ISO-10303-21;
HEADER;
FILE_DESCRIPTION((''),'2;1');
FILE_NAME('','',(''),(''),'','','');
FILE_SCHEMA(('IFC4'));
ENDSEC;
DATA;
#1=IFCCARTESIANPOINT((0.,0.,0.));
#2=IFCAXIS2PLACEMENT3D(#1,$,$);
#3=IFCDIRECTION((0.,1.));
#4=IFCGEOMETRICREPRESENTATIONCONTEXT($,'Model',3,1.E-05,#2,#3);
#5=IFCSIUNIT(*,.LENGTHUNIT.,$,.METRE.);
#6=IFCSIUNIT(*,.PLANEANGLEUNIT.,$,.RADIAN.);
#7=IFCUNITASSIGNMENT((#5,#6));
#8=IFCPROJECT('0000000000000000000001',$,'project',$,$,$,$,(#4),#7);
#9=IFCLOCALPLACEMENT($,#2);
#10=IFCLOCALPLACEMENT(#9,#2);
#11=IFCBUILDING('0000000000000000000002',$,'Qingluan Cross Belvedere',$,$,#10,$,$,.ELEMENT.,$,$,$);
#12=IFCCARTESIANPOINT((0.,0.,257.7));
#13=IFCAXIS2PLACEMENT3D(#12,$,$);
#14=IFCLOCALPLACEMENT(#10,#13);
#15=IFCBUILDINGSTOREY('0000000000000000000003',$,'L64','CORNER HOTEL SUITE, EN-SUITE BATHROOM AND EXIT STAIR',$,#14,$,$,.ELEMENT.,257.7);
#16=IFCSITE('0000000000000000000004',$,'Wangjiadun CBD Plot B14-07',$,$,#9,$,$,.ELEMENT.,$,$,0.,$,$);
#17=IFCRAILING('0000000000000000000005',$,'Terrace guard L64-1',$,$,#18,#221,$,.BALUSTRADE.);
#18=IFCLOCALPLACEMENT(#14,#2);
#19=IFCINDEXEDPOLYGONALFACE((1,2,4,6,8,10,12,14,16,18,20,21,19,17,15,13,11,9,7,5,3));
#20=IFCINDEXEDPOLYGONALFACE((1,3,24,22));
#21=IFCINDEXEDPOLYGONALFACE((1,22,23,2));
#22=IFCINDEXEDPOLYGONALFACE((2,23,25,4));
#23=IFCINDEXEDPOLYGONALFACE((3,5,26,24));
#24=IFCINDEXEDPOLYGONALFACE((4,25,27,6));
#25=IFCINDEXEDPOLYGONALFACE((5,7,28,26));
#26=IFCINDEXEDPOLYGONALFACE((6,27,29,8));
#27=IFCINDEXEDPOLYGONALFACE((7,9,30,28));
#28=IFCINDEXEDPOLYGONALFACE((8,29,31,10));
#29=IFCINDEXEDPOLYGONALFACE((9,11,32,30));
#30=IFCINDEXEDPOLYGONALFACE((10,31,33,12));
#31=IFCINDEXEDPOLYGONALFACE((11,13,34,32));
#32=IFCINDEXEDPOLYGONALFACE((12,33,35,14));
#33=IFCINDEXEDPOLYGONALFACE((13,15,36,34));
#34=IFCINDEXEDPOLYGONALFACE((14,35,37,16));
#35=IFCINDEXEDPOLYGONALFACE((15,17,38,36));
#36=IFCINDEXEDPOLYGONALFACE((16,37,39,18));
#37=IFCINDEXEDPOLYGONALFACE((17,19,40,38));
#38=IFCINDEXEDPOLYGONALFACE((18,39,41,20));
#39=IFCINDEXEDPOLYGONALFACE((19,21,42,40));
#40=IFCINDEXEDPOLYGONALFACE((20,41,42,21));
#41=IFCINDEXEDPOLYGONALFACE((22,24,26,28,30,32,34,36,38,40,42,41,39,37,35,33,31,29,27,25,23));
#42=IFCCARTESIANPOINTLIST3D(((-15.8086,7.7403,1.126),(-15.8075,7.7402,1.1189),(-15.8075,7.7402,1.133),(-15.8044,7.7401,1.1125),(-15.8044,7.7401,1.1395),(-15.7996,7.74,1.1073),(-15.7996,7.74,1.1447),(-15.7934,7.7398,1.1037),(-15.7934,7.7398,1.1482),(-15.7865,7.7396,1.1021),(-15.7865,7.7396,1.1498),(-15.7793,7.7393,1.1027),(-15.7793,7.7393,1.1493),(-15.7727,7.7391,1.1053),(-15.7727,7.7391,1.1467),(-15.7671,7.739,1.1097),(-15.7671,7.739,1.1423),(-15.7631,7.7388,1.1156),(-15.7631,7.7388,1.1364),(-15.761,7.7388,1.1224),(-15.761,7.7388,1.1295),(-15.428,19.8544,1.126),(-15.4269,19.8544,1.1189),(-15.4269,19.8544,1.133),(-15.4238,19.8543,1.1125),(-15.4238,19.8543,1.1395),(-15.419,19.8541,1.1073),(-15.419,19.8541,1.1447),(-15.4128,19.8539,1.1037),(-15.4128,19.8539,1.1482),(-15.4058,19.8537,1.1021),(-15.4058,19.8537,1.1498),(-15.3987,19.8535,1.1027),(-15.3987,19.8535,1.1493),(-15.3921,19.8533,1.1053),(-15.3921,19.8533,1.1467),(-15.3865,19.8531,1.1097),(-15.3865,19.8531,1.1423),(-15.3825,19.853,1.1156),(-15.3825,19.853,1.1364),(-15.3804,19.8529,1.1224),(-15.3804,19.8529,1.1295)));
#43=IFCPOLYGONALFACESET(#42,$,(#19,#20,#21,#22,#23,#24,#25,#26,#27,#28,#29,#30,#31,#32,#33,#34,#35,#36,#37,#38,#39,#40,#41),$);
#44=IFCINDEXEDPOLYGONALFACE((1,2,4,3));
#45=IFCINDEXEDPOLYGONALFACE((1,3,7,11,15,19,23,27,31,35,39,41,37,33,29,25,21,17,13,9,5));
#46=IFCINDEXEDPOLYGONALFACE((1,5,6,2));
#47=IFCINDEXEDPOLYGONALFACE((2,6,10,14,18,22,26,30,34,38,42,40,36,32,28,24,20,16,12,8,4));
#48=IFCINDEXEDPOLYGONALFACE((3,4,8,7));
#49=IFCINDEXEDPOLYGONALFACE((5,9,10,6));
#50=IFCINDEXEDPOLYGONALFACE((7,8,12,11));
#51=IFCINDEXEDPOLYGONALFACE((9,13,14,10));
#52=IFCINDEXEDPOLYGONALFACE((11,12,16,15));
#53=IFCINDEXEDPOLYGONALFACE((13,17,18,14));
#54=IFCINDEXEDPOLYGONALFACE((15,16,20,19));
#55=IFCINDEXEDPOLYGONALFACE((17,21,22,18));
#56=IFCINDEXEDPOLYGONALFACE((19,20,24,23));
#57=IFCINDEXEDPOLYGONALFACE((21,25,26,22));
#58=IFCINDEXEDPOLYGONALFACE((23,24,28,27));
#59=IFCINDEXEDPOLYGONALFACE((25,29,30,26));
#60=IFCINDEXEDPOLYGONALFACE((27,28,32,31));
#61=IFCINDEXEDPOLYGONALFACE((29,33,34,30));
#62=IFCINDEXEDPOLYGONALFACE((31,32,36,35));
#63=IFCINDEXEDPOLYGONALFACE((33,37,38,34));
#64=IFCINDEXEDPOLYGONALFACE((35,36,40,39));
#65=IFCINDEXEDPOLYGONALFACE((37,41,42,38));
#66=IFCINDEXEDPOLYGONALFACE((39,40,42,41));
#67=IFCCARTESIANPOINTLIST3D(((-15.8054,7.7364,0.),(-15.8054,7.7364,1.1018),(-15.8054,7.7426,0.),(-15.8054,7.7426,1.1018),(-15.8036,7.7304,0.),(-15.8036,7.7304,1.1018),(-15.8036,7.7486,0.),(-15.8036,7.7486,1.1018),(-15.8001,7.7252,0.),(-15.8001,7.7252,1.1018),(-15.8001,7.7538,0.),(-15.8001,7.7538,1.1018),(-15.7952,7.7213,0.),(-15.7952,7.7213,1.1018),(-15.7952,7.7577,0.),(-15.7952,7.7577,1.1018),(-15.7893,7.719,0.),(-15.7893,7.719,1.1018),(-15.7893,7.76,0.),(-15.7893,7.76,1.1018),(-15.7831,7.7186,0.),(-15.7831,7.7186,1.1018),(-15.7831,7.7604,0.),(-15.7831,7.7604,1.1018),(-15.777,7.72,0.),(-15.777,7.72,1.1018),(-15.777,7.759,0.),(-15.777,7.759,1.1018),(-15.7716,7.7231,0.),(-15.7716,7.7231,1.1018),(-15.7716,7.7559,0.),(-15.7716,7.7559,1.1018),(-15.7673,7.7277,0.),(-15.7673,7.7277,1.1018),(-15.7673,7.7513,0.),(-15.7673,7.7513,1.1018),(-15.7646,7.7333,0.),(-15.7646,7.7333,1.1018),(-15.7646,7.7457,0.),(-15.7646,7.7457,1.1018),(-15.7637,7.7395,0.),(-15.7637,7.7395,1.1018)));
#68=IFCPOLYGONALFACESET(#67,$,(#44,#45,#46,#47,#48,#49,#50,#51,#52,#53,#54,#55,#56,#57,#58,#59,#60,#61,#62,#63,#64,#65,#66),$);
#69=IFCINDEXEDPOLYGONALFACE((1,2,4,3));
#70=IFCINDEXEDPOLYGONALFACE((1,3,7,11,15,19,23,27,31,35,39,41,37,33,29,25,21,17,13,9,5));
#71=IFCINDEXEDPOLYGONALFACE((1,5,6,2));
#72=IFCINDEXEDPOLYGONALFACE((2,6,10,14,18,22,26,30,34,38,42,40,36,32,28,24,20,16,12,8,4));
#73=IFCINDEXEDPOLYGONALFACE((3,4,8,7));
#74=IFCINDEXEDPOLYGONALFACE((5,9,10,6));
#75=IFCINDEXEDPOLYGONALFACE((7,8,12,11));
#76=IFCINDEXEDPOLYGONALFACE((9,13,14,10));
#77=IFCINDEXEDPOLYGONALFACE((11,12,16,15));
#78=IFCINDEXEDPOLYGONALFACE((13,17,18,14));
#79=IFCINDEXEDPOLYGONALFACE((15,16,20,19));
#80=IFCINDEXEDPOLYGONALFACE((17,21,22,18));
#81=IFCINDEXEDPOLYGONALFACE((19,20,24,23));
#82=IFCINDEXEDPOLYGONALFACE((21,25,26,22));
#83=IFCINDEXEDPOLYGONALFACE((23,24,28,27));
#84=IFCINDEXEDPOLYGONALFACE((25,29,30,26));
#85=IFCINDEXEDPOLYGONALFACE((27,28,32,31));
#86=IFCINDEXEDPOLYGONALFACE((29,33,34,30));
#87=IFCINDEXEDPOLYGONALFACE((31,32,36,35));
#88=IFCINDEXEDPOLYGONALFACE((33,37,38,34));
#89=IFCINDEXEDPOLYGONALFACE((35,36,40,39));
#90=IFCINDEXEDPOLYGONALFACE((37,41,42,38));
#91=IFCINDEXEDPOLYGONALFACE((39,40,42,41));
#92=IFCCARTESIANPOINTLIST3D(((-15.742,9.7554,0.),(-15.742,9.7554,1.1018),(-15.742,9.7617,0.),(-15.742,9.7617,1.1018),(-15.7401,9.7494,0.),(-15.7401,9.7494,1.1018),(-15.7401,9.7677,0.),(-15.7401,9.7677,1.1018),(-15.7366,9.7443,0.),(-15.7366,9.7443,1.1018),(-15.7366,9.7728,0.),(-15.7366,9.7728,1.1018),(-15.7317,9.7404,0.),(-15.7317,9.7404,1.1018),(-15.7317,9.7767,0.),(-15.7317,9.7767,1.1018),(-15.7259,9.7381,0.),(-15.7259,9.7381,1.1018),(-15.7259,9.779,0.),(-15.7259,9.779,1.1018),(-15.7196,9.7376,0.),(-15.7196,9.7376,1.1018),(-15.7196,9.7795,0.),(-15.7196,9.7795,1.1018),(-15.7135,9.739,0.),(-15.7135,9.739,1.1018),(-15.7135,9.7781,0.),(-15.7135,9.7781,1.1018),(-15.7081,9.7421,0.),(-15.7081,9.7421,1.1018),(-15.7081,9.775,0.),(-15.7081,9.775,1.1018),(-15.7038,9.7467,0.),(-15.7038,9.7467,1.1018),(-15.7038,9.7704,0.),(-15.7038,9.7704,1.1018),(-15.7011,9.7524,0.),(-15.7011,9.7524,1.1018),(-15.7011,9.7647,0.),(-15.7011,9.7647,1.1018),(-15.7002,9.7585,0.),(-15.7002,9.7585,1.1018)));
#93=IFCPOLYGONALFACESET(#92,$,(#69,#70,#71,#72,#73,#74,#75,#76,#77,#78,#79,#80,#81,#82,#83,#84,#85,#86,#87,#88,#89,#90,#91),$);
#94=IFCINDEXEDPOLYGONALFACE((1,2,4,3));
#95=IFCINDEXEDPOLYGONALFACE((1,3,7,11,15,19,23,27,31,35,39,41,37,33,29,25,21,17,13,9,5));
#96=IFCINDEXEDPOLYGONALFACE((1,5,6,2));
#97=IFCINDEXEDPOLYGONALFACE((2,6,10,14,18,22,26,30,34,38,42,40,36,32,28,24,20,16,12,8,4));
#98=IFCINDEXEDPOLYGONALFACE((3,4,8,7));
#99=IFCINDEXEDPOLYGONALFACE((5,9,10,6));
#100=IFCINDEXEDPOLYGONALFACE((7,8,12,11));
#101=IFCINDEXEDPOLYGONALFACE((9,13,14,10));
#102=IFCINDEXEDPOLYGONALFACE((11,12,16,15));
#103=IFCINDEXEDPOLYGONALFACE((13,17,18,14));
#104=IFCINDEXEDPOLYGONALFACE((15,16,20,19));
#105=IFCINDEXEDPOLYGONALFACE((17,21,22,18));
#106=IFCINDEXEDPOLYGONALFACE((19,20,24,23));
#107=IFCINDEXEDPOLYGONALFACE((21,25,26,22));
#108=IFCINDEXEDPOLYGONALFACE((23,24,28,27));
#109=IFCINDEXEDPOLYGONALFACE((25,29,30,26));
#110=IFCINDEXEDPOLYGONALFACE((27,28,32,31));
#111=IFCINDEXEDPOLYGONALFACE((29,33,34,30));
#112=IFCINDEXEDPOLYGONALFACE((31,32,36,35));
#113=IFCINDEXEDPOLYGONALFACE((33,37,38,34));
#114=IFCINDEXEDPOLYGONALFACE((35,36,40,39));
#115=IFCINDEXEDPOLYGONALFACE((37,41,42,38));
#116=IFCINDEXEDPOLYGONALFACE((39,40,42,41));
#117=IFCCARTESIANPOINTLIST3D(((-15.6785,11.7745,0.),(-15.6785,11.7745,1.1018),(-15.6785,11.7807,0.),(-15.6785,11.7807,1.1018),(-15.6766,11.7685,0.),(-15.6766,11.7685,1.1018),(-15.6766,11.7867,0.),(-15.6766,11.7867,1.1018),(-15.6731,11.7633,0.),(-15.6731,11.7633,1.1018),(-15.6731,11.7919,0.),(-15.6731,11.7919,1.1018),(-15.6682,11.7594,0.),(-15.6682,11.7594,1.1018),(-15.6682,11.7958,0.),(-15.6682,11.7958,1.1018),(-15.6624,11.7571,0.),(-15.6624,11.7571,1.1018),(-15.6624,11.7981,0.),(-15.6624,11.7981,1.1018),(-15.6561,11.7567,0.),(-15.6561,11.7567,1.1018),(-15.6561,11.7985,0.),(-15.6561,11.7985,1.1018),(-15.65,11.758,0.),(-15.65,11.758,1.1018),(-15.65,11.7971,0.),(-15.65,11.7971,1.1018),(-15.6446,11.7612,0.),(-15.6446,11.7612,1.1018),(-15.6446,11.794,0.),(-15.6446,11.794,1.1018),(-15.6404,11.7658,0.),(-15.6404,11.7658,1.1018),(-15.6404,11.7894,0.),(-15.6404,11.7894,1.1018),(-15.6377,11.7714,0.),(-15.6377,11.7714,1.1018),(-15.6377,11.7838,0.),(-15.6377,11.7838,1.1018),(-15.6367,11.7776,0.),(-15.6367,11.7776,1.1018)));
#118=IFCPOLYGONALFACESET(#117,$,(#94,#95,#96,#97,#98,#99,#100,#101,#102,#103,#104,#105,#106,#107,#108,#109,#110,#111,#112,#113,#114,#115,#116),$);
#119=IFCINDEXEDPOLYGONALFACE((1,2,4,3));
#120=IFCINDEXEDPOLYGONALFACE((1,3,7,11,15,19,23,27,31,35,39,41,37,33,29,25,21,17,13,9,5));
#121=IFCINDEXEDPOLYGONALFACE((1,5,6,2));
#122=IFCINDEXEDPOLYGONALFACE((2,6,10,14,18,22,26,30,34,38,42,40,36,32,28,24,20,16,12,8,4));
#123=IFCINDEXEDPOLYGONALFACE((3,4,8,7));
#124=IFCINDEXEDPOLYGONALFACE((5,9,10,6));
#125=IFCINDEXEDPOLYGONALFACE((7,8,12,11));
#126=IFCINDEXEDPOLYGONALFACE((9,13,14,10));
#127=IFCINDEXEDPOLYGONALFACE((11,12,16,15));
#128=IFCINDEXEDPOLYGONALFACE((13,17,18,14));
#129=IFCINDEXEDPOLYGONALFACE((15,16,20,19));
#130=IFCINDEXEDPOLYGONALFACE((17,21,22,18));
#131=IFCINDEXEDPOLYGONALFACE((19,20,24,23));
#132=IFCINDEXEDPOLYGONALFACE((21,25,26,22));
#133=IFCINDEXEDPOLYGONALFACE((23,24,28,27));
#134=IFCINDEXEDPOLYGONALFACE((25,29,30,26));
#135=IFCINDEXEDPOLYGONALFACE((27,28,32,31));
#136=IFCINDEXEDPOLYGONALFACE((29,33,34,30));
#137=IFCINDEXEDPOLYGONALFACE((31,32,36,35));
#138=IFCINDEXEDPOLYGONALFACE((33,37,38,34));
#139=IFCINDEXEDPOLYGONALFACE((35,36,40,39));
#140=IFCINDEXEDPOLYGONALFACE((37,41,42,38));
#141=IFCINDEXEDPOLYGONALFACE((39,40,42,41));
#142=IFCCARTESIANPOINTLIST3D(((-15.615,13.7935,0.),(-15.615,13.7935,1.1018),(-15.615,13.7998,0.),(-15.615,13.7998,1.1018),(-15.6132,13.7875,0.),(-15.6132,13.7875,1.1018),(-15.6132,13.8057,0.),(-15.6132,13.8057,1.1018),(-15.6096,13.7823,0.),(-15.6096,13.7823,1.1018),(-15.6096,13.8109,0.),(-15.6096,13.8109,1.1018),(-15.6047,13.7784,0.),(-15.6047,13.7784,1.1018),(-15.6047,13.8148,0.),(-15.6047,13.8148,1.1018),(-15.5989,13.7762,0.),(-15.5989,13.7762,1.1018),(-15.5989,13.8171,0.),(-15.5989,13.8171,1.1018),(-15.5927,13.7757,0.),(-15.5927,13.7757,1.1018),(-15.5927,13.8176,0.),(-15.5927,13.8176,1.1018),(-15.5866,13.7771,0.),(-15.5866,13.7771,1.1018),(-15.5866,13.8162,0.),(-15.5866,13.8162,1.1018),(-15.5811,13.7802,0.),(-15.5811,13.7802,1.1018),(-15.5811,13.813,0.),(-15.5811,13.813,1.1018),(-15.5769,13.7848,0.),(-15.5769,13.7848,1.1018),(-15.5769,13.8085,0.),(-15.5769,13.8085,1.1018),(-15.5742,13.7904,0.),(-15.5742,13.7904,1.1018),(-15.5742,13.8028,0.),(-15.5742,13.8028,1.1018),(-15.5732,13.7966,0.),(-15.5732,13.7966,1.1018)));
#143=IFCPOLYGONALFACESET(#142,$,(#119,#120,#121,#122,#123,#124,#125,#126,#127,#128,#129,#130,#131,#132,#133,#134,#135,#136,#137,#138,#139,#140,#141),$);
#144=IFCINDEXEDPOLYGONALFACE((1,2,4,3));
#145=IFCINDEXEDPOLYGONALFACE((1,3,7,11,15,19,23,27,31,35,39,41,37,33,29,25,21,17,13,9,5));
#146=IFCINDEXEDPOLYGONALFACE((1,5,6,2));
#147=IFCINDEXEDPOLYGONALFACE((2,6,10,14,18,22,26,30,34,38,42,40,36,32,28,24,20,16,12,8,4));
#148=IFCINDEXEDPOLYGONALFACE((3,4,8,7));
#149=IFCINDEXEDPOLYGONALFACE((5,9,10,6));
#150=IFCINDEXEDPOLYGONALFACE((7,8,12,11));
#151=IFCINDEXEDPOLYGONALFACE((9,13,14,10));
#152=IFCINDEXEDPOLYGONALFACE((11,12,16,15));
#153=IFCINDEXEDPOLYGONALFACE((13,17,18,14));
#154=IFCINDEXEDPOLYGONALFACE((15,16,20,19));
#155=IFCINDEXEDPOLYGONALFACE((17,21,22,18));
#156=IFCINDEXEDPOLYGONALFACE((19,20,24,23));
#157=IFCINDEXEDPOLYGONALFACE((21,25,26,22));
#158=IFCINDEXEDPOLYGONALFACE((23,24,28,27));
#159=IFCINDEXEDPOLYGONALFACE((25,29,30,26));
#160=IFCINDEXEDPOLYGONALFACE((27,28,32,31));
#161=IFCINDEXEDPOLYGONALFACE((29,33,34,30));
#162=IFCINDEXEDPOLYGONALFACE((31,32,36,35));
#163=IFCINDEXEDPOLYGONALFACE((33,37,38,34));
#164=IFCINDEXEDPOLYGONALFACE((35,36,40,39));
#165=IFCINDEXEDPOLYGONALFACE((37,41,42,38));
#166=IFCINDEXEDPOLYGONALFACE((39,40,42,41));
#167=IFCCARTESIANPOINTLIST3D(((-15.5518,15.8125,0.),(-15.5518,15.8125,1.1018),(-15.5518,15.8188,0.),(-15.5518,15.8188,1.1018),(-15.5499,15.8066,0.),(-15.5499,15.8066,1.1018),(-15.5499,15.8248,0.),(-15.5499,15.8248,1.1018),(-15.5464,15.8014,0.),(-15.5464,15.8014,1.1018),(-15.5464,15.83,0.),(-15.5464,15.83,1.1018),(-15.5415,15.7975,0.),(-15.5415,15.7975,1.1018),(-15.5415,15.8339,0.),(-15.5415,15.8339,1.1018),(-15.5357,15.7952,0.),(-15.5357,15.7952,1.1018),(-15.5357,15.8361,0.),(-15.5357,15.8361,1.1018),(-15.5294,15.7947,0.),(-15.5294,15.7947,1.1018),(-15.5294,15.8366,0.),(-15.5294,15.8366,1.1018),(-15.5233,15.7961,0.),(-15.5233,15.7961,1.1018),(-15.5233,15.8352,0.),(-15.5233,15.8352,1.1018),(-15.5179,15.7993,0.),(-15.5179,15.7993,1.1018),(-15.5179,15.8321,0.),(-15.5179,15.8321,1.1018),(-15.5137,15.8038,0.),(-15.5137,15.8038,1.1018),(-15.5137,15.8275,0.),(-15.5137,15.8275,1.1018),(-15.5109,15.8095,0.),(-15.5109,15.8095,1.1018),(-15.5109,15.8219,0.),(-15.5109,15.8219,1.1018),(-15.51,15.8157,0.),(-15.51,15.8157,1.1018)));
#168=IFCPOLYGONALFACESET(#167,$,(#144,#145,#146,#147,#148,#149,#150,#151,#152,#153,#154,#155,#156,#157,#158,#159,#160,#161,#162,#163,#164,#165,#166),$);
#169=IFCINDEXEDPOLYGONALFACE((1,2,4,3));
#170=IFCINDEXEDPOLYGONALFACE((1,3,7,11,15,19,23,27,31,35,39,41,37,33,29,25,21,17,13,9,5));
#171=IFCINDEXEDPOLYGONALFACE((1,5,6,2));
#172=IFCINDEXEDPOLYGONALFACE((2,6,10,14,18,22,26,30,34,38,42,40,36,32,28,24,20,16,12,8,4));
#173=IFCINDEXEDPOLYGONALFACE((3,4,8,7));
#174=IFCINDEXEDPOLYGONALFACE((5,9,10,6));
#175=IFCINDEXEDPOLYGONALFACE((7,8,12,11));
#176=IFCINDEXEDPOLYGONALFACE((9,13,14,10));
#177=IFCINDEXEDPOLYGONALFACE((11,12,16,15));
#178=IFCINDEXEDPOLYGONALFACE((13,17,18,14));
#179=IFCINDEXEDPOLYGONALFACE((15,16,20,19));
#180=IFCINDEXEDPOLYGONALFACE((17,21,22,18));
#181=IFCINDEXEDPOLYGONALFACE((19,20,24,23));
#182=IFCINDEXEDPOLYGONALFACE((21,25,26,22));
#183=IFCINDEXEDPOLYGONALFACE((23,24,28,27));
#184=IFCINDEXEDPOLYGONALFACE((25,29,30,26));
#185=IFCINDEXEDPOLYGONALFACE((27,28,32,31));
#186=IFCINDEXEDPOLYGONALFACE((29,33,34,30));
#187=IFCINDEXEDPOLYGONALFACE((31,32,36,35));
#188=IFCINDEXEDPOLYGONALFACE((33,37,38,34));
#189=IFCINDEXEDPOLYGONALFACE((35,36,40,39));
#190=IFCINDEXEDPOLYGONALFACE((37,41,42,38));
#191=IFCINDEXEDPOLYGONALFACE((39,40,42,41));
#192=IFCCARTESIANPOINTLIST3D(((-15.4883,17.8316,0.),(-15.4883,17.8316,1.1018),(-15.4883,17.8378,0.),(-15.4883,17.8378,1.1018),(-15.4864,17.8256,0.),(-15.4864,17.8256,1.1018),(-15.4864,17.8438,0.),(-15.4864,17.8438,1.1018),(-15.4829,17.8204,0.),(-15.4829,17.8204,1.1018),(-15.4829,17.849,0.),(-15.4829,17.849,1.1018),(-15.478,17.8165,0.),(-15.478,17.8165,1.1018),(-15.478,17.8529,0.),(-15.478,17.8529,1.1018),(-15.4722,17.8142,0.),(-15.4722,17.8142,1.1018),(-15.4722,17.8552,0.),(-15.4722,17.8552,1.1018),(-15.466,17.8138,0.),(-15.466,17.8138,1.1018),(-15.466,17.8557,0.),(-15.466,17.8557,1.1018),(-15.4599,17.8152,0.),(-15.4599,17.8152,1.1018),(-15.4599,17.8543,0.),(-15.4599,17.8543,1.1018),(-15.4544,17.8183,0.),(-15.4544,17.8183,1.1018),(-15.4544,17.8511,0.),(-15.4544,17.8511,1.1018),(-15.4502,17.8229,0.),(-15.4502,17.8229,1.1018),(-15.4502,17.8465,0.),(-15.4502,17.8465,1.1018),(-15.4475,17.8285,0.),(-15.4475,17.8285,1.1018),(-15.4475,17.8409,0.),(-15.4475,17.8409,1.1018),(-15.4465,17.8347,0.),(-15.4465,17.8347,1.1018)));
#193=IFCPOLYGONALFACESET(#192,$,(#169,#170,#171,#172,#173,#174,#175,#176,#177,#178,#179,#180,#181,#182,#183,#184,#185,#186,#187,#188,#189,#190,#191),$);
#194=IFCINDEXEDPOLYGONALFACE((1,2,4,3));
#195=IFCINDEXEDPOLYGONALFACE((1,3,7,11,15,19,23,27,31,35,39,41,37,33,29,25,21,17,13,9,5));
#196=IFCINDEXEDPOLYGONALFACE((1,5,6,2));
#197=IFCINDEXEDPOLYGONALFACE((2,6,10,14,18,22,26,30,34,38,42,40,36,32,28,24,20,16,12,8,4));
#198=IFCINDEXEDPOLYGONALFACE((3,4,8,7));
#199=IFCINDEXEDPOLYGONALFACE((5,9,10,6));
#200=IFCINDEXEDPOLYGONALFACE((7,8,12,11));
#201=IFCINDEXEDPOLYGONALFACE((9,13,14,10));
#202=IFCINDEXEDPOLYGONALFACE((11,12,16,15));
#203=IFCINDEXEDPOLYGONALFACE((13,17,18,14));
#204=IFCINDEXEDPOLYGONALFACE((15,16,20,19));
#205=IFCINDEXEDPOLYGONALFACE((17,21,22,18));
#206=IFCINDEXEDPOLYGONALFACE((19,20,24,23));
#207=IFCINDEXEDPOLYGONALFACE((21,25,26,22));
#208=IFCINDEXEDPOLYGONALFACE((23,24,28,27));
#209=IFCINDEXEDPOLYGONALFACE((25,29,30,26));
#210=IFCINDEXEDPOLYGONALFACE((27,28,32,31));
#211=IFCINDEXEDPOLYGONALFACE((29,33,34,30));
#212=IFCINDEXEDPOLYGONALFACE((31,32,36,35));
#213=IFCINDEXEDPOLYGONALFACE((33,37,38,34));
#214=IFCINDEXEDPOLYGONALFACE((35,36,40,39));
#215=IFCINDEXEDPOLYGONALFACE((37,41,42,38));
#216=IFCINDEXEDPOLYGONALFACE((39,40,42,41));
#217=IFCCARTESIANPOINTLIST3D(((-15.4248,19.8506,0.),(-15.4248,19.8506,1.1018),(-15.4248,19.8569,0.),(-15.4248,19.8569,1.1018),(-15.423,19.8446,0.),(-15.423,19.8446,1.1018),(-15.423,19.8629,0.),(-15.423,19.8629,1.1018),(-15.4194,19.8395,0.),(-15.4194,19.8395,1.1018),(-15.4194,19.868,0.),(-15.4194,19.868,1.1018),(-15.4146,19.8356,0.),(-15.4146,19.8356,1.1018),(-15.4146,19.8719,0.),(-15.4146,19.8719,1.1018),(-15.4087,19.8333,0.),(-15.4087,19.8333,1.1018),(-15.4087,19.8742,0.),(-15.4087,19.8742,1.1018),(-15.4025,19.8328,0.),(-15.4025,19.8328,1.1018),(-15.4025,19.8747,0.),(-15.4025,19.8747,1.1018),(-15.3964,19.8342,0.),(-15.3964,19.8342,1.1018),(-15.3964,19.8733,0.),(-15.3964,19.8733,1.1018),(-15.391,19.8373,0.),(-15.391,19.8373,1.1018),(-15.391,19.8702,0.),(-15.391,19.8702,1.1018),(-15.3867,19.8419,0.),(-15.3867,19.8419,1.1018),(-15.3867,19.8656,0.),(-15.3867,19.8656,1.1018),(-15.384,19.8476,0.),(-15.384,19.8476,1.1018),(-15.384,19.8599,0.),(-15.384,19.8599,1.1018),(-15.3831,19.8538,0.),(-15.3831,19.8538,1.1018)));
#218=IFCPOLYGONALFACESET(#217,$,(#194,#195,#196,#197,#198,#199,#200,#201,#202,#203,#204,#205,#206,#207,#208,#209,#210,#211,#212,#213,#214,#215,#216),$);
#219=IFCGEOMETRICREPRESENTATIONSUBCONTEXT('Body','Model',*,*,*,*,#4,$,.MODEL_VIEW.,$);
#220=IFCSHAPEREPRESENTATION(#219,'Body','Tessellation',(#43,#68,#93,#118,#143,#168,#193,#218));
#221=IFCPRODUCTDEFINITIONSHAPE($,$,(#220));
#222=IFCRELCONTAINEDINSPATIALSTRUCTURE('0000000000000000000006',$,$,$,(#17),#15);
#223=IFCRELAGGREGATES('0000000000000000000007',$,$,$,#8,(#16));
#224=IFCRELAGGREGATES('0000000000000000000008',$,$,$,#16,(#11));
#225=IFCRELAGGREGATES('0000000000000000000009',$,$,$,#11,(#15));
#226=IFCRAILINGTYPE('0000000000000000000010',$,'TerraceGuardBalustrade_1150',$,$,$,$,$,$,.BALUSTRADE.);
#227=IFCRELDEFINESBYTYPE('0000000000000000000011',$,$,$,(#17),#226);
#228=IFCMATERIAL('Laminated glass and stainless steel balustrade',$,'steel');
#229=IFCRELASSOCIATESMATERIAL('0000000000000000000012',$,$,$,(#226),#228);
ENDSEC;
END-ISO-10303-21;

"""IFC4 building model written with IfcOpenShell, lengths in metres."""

from ifc_helpers import new_model, si_unit, direction, frame, origin, origin_2d, place, context, subcontext, project, spatial, circle, extrude, material, type_object, element, save


model = new_model("IFC4")

# Units and contexts
model_context = context("Model", 3, precision=1e-05, world=origin(), true_north=direction((0.0, 1.0)))
body_context = subcontext(model_context, "Body", "Model", "MODEL_VIEW")
ifc_project = project(units=[si_unit("LENGTHUNIT", "METRE"), si_unit("PLANEANGLEUNIT", "RADIAN")], contexts=[model_context])

# Site, building, storey
site_placement = place(None, origin())
site = spatial("IfcSite", under=ifc_project, at=site_placement, Name="Wangjiadun CBD Plot B14-07", CompositionType="ELEMENT", RefElevation=0.0)
building_placement = place(site_placement, origin())
building = spatial("IfcBuilding", under=site, at=building_placement, Name="Qingluan Cross Belvedere", CompositionType="ELEMENT")
storey_placement = place(building_placement, frame((0.0, 0.0, 257.7)))
storey = spatial("IfcBuildingStorey", under=building, at=storey_placement, Name="L64", Description="CORNER HOTEL SUITE, EN-SUITE BATHROOM AND EXIT STAIR", CompositionType="ELEMENT", Elevation=257.7)

# Railing
ifc_material_1 = material(Name="Laminated glass and stainless steel balustrade", Category="steel")
railing_type = type_object("IfcRailingType", Name="TerraceGuardBalustrade_1150", PredefinedType="BALUSTRADE", material=ifc_material_1)
railing_1_placement = place(storey_placement, frame((-15.7847, 7.7395, 0.0)))
element("IfcRailing", 1, at=railing_1_placement, inside=storey, type_object=railing_type, Name="Terrace guard L64-1", PredefinedType="BALUSTRADE", context=body_context, shape_type="SweptSolid", body=[
    extrude(circle(Radius=0.0239, at=origin_2d()), frame((0.0, 0.0, 1.126), z_axis=(0.031403, 0.999507, 0.0), x_axis=(-0.999507, 0.031403, 0.0)), (0.0, 0.0, 1.0), 12.1201),
    extrude(circle(Radius=0.021, at=origin_2d()), origin(), (0.0, 0.0, 1.0), 1.1018),
    extrude(circle(Radius=0.021, at=origin_2d()), frame((0.0635, 2.019, 0.0)), (0.0, 0.0, 1.0), 1.1018),
    extrude(circle(Radius=0.021, at=origin_2d()), frame((0.127, 4.0381, 0.0)), (0.0, 0.0, 1.0), 1.1018),
    extrude(circle(Radius=0.021, at=origin_2d()), frame((0.1904, 6.0571, 0.0)), (0.0, 0.0, 1.0), 1.1018),
    extrude(circle(Radius=0.021, at=origin_2d()), frame((0.2537, 8.0762, 0.0)), (0.0, 0.0, 1.0), 1.1018),
    extrude(circle(Radius=0.021, at=origin_2d()), frame((0.3171, 10.0952, 0.0)), (0.0, 0.0, 1.0), 1.1018),
    extrude(circle(Radius=0.021, at=origin_2d()), frame((0.3806, 12.1143, 0.0)), (0.0, 0.0, 1.0), 1.1018),
])

save(model, "model.ifc")
